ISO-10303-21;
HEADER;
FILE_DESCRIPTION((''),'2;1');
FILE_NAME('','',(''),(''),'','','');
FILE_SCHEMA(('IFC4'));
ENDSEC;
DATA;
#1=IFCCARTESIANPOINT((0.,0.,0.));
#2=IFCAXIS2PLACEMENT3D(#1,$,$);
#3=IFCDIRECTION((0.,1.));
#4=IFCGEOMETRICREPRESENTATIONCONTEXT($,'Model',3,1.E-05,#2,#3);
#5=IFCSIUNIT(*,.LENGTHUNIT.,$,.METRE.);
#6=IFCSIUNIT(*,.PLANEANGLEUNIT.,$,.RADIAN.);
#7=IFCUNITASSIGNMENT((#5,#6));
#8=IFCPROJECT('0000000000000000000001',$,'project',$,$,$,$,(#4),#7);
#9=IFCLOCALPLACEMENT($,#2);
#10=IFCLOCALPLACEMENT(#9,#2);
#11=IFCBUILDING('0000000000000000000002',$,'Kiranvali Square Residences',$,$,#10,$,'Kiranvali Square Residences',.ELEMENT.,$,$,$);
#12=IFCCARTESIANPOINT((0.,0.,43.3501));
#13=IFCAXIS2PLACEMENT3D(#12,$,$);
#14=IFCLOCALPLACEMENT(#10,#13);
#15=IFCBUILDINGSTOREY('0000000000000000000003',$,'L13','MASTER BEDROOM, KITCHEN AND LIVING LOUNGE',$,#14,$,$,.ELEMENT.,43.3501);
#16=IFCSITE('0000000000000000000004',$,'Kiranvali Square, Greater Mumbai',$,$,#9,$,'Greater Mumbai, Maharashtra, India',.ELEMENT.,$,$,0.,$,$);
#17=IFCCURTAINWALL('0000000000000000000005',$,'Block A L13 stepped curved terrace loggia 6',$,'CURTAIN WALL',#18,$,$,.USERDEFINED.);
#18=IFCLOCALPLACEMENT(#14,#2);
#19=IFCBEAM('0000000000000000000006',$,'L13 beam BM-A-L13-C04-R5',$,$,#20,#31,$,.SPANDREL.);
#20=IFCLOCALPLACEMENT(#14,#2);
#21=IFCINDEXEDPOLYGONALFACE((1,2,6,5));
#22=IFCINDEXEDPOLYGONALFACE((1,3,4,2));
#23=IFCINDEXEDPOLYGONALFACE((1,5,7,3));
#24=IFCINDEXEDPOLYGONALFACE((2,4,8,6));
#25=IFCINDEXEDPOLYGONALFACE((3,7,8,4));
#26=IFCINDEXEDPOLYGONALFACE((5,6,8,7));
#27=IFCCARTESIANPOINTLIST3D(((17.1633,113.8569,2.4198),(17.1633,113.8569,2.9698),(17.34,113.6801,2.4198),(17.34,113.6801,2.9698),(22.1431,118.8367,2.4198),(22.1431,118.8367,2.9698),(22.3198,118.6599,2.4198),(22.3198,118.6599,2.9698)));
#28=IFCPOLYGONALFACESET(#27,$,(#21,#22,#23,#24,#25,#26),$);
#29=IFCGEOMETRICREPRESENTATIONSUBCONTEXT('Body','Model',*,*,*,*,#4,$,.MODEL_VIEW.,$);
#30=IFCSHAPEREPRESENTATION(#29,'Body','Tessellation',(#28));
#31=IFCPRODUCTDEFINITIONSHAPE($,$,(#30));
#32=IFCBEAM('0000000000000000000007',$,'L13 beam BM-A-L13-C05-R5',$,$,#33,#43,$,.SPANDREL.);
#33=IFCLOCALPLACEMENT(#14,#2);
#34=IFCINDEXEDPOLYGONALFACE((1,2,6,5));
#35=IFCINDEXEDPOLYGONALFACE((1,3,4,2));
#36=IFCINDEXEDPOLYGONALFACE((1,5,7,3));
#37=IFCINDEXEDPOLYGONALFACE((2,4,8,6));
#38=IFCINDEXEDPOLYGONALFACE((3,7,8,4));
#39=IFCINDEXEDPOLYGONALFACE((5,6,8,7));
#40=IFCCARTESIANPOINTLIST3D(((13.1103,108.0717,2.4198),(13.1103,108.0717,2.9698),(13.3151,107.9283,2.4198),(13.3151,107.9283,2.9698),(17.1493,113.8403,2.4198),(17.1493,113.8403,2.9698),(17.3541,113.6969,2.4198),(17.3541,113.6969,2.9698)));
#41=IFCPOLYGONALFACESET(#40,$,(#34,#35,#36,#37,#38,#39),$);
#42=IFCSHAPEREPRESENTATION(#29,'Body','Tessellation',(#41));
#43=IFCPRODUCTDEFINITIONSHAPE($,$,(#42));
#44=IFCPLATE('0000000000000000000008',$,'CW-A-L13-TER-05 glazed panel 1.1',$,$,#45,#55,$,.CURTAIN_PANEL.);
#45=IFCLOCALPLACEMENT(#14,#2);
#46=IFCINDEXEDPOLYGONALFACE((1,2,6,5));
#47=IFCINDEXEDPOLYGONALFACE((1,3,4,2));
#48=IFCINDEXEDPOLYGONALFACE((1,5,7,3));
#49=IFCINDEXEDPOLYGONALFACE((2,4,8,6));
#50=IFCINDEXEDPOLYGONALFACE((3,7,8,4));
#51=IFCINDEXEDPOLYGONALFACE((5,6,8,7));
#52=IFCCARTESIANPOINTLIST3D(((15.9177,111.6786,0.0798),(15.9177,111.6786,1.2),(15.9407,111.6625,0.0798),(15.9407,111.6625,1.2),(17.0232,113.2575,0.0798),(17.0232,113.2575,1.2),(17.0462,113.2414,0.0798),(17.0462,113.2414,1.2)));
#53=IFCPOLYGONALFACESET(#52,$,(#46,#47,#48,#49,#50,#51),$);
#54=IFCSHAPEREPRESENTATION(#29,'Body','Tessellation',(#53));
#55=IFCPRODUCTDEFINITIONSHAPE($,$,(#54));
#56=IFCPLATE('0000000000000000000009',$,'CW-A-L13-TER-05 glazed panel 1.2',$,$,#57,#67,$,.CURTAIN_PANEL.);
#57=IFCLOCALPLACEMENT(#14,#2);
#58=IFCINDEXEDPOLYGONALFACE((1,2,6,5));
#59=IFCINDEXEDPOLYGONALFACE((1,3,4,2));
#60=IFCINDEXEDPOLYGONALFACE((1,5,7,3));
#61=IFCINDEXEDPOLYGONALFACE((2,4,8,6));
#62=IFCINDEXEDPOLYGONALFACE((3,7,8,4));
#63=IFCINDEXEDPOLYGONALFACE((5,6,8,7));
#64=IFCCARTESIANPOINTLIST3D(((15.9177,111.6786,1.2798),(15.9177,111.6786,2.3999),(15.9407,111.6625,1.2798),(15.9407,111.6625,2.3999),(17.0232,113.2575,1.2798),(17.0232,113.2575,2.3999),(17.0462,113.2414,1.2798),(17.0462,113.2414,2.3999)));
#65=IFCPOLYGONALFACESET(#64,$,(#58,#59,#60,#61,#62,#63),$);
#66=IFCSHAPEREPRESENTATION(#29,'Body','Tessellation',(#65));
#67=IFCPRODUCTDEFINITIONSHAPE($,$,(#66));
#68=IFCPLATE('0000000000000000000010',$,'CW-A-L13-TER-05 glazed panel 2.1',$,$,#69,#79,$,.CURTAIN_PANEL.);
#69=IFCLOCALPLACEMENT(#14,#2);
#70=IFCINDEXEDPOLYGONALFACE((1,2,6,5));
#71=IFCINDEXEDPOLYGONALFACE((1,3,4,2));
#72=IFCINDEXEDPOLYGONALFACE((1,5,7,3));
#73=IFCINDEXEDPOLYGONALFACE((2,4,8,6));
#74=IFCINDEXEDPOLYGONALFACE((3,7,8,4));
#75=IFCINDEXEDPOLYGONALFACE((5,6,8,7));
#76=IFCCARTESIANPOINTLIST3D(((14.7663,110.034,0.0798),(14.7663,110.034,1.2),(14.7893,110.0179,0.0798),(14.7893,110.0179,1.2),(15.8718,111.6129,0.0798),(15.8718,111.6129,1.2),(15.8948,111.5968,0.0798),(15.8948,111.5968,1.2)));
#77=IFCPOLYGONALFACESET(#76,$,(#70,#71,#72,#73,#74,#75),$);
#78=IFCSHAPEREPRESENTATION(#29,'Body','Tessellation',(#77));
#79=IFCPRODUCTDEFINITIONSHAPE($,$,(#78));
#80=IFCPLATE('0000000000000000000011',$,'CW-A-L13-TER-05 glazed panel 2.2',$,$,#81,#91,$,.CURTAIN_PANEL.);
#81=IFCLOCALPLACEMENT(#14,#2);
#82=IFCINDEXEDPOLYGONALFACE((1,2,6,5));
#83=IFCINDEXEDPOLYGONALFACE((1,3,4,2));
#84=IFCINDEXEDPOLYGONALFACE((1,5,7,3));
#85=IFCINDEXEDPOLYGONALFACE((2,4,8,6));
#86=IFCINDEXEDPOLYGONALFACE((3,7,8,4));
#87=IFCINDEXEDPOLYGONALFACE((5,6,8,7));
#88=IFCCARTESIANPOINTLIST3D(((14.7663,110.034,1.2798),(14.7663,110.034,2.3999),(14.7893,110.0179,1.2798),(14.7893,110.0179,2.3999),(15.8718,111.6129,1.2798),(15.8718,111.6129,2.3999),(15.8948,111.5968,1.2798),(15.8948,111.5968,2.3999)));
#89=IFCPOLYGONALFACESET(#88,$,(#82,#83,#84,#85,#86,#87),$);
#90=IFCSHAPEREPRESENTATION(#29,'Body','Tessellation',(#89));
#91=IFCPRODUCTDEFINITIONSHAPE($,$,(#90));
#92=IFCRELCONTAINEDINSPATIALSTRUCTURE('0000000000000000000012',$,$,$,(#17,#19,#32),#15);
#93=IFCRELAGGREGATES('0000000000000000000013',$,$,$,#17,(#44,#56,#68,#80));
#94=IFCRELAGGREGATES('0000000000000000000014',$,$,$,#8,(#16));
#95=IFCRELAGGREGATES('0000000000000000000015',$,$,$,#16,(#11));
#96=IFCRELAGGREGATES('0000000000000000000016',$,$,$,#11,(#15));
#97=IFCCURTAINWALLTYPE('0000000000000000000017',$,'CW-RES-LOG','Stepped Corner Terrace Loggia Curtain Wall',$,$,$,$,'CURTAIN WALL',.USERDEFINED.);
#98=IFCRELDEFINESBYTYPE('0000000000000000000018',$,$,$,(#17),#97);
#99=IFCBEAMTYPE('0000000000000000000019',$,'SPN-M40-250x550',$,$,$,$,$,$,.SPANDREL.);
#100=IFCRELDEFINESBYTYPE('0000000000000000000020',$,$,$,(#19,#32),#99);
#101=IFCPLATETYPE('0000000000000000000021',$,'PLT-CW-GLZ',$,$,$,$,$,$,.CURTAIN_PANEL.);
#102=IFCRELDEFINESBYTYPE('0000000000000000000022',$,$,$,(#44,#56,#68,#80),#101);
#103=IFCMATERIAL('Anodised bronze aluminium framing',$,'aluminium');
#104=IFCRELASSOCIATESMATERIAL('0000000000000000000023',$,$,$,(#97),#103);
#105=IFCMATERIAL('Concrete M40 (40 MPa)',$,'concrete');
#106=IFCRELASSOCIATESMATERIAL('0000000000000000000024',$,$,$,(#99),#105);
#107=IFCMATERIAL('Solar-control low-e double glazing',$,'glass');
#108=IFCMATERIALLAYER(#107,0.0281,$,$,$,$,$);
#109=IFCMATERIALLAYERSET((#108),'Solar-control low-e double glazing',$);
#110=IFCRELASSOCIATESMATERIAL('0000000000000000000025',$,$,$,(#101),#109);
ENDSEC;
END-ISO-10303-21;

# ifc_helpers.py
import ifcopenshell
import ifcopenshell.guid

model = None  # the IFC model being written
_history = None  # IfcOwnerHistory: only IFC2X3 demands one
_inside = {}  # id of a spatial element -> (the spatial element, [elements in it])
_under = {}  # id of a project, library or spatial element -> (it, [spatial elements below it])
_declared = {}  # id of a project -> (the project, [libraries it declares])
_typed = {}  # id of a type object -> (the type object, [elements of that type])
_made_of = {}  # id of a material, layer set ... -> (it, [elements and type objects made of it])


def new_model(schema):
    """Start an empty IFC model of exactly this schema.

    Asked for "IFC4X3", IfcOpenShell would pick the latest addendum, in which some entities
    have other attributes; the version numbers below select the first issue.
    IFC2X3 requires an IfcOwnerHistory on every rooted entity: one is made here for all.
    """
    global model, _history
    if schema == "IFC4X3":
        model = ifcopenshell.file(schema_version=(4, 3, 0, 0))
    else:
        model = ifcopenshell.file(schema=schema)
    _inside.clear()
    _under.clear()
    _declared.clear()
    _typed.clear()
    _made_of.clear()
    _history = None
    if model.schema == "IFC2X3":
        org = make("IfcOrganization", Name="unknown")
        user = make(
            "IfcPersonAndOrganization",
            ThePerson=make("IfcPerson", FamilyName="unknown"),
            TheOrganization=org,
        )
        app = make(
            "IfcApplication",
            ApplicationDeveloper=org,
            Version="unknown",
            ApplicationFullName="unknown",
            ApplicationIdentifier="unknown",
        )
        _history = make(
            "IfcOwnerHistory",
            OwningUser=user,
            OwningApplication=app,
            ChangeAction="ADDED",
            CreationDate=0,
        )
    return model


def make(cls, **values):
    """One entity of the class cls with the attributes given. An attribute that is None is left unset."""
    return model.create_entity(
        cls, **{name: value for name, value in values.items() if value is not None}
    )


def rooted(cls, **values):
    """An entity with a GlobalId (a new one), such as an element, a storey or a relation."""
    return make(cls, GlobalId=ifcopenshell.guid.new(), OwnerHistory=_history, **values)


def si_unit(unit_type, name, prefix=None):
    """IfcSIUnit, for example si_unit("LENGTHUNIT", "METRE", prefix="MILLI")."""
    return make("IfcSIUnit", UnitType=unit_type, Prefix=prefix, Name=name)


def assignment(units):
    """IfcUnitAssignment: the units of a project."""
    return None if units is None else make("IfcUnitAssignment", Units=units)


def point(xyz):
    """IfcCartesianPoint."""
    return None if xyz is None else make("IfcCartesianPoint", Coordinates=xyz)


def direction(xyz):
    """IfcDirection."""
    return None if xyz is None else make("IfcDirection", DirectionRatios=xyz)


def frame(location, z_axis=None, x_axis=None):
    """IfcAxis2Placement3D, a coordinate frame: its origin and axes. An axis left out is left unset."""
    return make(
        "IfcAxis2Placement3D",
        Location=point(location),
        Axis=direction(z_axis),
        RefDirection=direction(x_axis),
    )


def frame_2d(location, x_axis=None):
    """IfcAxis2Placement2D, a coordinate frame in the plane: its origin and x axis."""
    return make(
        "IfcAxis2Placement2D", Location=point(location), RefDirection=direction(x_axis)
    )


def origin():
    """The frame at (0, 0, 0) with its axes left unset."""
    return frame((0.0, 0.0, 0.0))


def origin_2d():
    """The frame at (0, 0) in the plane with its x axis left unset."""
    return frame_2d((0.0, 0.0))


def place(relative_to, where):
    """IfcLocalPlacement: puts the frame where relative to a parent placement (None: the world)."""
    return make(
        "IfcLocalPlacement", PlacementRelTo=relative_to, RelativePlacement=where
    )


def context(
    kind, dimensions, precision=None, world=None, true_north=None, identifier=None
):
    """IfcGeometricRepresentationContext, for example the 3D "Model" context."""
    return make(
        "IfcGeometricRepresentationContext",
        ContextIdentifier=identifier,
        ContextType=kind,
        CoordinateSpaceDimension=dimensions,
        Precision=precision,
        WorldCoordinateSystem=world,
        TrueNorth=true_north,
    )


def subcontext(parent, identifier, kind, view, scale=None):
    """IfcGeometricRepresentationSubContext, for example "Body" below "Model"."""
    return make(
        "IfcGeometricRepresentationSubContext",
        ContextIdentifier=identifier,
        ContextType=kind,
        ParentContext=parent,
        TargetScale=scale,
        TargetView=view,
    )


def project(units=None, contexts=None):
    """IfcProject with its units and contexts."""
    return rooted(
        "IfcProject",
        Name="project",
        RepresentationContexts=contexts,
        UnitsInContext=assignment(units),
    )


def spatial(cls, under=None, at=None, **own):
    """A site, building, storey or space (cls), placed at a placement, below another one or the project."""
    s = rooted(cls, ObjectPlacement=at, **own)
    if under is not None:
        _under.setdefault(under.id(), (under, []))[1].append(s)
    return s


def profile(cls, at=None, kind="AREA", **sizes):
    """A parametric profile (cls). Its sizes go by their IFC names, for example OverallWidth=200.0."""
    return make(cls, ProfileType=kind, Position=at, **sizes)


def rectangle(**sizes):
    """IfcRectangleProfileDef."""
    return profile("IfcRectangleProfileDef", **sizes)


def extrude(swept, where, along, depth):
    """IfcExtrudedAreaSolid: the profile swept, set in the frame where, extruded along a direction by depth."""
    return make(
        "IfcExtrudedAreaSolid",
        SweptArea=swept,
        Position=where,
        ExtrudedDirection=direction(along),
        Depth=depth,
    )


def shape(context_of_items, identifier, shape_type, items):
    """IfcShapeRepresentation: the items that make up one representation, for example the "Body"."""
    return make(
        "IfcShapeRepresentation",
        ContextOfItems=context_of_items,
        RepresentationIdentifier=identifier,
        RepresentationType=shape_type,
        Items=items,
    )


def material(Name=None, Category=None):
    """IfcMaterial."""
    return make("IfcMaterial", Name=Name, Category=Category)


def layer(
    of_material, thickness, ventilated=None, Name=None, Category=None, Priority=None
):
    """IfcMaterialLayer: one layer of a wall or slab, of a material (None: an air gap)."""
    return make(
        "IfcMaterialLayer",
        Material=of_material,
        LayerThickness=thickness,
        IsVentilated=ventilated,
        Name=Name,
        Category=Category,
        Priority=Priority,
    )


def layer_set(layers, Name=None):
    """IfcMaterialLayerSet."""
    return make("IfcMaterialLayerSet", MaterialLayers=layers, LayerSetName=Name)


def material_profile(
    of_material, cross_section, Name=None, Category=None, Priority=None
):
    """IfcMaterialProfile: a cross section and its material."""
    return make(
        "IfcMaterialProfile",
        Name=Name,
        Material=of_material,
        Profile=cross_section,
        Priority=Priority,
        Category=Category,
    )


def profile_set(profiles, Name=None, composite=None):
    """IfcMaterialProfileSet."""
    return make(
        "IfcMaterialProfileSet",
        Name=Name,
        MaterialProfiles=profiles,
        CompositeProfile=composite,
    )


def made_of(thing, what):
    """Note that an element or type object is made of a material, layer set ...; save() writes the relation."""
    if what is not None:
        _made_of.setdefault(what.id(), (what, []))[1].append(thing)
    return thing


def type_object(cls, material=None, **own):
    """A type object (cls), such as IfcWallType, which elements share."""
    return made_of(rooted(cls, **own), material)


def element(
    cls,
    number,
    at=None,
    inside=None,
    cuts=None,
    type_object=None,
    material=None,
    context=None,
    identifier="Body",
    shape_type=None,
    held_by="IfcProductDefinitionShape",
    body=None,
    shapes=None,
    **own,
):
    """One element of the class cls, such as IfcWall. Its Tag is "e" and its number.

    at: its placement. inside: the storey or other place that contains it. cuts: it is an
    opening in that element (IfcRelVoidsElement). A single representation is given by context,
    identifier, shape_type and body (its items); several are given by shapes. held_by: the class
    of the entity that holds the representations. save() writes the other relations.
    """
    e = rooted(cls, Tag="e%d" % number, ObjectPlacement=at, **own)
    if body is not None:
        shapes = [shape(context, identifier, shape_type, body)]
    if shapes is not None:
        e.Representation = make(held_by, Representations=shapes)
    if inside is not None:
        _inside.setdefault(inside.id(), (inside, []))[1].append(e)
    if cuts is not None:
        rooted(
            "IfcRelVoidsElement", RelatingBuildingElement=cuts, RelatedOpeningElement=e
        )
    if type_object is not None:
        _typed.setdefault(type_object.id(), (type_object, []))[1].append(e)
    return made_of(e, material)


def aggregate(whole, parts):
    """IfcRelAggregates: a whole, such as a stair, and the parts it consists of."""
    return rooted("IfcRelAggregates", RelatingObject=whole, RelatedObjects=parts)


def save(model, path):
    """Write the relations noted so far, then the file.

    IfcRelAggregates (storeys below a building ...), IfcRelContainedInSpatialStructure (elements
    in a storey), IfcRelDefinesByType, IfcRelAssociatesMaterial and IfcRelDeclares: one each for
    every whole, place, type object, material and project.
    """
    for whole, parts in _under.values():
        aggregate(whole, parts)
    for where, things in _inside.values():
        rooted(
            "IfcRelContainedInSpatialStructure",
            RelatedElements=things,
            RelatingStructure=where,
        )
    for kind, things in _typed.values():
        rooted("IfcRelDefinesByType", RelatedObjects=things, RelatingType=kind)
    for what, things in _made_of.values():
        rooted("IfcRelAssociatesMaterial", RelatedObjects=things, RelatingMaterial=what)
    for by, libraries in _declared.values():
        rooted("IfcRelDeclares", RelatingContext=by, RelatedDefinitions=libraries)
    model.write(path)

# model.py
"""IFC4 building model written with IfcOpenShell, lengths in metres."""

from ifc_helpers import new_model, si_unit, direction, frame, origin, origin_2d, place, context, subcontext, project, spatial, rectangle, extrude, material, layer, layer_set, material_profile, profile_set, type_object, element, aggregate, save


model = new_model("IFC4")

# Units and contexts
model_context = context("Model", 3, precision=1e-05, world=origin(), true_north=direction((0.0, 1.0)))
body_context = subcontext(model_context, "Body", "Model", "MODEL_VIEW")
ifc_project = project(units=[si_unit("LENGTHUNIT", "METRE"), si_unit("PLANEANGLEUNIT", "RADIAN")], contexts=[model_context])

# Site, building, storey
site_placement = place(None, origin())
site = spatial("IfcSite", under=ifc_project, at=site_placement, Name="Kiranvali Square, Greater Mumbai", LongName="Greater Mumbai, Maharashtra, India", CompositionType="ELEMENT", RefElevation=0.0)
building_placement = place(site_placement, origin())
building = spatial("IfcBuilding", under=site, at=building_placement, Name="Kiranvali Square Residences", LongName="Kiranvali Square Residences", CompositionType="ELEMENT")
storey_placement = place(building_placement, frame((0.0, 0.0, 43.3501)))
storey = spatial("IfcBuildingStorey", under=building, at=storey_placement, Name="L13", Description="MASTER BEDROOM, KITCHEN AND LIVING LOUNGE", CompositionType="ELEMENT", Elevation=43.3501)

# Shared definitions
ifc_material_1 = material(Name="Concrete M40 (40 MPa)", Category="concrete")

# Shared definitions
ifc_material_2 = material(Name="Anodised bronze aluminium framing", Category="aluminium")
curtain_wall_type = type_object("IfcCurtainWallType", Name="CW-RES-LOG", Description="Stepped Corner Terrace Loggia Curtain Wall", ElementType="CURTAIN WALL", PredefinedType="USERDEFINED", material=ifc_material_2)

# Curtain wall
curtain_wall_1_placement = place(storey_placement, origin())
curtain_wall_1 = element("IfcCurtainWall", 1, at=curtain_wall_1_placement, inside=storey, type_object=curtain_wall_type, Name="Block A L13 stepped curved terrace loggia 6", ObjectType="CURTAIN WALL", PredefinedType="USERDEFINED")

# Beams
ifc_material_profile_1 = material_profile(ifc_material_1, rectangle(XDim=0.25, YDim=0.55, at=origin_2d()), Name="RC 250x550")
ifc_profile_set_1 = profile_set([ifc_material_profile_1], Name="Concrete M40 (40 MPa)")
beam_type_1 = type_object("IfcBeamType", Name="SPN-M40-250x550", PredefinedType="SPANDREL", material=ifc_profile_set_1)
beam_1_placement = place(storey_placement, frame((22.2314, 118.7483, 2.6948), z_axis=(-0.707107, -0.707107, 0.0), x_axis=(0.707107, -0.707107, 0.0)))
element("IfcBeam", 2, at=beam_1_placement, inside=storey, type_object=beam_type_1, Name="L13 beam BM-A-L13-C04-R5", PredefinedType="SPANDREL", context=body_context, shape_type="SweptSolid", body=[
    extrude(rectangle(XDim=0.25, YDim=0.55, at=origin_2d()), origin(), (0.0, 0.0, 1.0), 7.0425),
])
beam_2_placement = place(storey_placement, frame((17.2517, 113.7686, 2.6948), z_axis=(-0.573565, -0.81916, 0.0), x_axis=(0.81916, -0.573565, 0.0)))
element("IfcBeam", 3, at=beam_2_placement, inside=storey, type_object=beam_type_1, Name="L13 beam BM-A-L13-C05-R5", PredefinedType="SPANDREL", context=body_context, shape_type="SweptSolid", body=[
    extrude(rectangle(XDim=0.25, YDim=0.55, at=origin_2d()), origin(), (0.0, 0.0, 1.0), 7.042),
])

# Plates
ifc_material_3 = material(Name="Solar-control low-e double glazing", Category="glass")
ifc_layer_1 = layer(ifc_material_3, 0.0281)
ifc_layer_set_1 = layer_set([ifc_layer_1], Name="Solar-control low-e double glazing")
plate_type = type_object("IfcPlateType", Name="PLT-CW-GLZ", PredefinedType="CURTAIN_PANEL", material=ifc_layer_set_1)
plate_1_placement = place(storey_placement, frame((16.4819, 112.46, 0.0798), z_axis=(0.0, 0.0, 1.0), x_axis=(-0.573576, -0.819152, 0.0)))
plate_1 = element("IfcPlate", 4, at=plate_1_placement, type_object=plate_type, Name="CW-A-L13-TER-05 glazed panel 1.1", PredefinedType="CURTAIN_PANEL", context=body_context, shape_type="SweptSolid", body=[
    extrude(rectangle(XDim=1.9275, YDim=0.0281, at=origin_2d()), origin(), (0.0, 0.0, 1.0), 1.1201),
])
plate_2_placement = place(storey_placement, frame((16.4819, 112.46, 1.2798), z_axis=(0.0, 0.0, 1.0), x_axis=(-0.573576, -0.819152, 0.0)))
plate_2 = element("IfcPlate", 5, at=plate_2_placement, type_object=plate_type, Name="CW-A-L13-TER-05 glazed panel 1.2", PredefinedType="CURTAIN_PANEL", context=body_context, shape_type="SweptSolid", body=[
    extrude(rectangle(XDim=1.9275, YDim=0.0281, at=origin_2d()), origin(), (0.0, 0.0, 1.0), 1.1201),
])
plate_3_placement = place(storey_placement, frame((15.3306, 110.8154, 0.0798), z_axis=(0.0, 0.0, 1.0), x_axis=(-0.573576, -0.819152, 0.0)))
plate_3 = element("IfcPlate", 6, at=plate_3_placement, type_object=plate_type, Name="CW-A-L13-TER-05 glazed panel 2.1", PredefinedType="CURTAIN_PANEL", context=body_context, shape_type="SweptSolid", body=[
    extrude(rectangle(XDim=1.9275, YDim=0.0281, at=origin_2d()), origin(), (0.0, 0.0, 1.0), 1.1201),
])
plate_4_placement = place(storey_placement, frame((15.3306, 110.8154, 1.2798), z_axis=(0.0, 0.0, 1.0), x_axis=(-0.573576, -0.819152, 0.0)))
plate_4 = element("IfcPlate", 7, at=plate_4_placement, type_object=plate_type, Name="CW-A-L13-TER-05 glazed panel 2.2", PredefinedType="CURTAIN_PANEL", context=body_context, shape_type="SweptSolid", body=[
    extrude(rectangle(XDim=1.9275, YDim=0.0281, at=origin_2d()), origin(), (0.0, 0.0, 1.0), 1.1201),
])
aggregate(curtain_wall_1, [plate_1, plate_2, plate_3, plate_4])

save(model, "model.ifc")
